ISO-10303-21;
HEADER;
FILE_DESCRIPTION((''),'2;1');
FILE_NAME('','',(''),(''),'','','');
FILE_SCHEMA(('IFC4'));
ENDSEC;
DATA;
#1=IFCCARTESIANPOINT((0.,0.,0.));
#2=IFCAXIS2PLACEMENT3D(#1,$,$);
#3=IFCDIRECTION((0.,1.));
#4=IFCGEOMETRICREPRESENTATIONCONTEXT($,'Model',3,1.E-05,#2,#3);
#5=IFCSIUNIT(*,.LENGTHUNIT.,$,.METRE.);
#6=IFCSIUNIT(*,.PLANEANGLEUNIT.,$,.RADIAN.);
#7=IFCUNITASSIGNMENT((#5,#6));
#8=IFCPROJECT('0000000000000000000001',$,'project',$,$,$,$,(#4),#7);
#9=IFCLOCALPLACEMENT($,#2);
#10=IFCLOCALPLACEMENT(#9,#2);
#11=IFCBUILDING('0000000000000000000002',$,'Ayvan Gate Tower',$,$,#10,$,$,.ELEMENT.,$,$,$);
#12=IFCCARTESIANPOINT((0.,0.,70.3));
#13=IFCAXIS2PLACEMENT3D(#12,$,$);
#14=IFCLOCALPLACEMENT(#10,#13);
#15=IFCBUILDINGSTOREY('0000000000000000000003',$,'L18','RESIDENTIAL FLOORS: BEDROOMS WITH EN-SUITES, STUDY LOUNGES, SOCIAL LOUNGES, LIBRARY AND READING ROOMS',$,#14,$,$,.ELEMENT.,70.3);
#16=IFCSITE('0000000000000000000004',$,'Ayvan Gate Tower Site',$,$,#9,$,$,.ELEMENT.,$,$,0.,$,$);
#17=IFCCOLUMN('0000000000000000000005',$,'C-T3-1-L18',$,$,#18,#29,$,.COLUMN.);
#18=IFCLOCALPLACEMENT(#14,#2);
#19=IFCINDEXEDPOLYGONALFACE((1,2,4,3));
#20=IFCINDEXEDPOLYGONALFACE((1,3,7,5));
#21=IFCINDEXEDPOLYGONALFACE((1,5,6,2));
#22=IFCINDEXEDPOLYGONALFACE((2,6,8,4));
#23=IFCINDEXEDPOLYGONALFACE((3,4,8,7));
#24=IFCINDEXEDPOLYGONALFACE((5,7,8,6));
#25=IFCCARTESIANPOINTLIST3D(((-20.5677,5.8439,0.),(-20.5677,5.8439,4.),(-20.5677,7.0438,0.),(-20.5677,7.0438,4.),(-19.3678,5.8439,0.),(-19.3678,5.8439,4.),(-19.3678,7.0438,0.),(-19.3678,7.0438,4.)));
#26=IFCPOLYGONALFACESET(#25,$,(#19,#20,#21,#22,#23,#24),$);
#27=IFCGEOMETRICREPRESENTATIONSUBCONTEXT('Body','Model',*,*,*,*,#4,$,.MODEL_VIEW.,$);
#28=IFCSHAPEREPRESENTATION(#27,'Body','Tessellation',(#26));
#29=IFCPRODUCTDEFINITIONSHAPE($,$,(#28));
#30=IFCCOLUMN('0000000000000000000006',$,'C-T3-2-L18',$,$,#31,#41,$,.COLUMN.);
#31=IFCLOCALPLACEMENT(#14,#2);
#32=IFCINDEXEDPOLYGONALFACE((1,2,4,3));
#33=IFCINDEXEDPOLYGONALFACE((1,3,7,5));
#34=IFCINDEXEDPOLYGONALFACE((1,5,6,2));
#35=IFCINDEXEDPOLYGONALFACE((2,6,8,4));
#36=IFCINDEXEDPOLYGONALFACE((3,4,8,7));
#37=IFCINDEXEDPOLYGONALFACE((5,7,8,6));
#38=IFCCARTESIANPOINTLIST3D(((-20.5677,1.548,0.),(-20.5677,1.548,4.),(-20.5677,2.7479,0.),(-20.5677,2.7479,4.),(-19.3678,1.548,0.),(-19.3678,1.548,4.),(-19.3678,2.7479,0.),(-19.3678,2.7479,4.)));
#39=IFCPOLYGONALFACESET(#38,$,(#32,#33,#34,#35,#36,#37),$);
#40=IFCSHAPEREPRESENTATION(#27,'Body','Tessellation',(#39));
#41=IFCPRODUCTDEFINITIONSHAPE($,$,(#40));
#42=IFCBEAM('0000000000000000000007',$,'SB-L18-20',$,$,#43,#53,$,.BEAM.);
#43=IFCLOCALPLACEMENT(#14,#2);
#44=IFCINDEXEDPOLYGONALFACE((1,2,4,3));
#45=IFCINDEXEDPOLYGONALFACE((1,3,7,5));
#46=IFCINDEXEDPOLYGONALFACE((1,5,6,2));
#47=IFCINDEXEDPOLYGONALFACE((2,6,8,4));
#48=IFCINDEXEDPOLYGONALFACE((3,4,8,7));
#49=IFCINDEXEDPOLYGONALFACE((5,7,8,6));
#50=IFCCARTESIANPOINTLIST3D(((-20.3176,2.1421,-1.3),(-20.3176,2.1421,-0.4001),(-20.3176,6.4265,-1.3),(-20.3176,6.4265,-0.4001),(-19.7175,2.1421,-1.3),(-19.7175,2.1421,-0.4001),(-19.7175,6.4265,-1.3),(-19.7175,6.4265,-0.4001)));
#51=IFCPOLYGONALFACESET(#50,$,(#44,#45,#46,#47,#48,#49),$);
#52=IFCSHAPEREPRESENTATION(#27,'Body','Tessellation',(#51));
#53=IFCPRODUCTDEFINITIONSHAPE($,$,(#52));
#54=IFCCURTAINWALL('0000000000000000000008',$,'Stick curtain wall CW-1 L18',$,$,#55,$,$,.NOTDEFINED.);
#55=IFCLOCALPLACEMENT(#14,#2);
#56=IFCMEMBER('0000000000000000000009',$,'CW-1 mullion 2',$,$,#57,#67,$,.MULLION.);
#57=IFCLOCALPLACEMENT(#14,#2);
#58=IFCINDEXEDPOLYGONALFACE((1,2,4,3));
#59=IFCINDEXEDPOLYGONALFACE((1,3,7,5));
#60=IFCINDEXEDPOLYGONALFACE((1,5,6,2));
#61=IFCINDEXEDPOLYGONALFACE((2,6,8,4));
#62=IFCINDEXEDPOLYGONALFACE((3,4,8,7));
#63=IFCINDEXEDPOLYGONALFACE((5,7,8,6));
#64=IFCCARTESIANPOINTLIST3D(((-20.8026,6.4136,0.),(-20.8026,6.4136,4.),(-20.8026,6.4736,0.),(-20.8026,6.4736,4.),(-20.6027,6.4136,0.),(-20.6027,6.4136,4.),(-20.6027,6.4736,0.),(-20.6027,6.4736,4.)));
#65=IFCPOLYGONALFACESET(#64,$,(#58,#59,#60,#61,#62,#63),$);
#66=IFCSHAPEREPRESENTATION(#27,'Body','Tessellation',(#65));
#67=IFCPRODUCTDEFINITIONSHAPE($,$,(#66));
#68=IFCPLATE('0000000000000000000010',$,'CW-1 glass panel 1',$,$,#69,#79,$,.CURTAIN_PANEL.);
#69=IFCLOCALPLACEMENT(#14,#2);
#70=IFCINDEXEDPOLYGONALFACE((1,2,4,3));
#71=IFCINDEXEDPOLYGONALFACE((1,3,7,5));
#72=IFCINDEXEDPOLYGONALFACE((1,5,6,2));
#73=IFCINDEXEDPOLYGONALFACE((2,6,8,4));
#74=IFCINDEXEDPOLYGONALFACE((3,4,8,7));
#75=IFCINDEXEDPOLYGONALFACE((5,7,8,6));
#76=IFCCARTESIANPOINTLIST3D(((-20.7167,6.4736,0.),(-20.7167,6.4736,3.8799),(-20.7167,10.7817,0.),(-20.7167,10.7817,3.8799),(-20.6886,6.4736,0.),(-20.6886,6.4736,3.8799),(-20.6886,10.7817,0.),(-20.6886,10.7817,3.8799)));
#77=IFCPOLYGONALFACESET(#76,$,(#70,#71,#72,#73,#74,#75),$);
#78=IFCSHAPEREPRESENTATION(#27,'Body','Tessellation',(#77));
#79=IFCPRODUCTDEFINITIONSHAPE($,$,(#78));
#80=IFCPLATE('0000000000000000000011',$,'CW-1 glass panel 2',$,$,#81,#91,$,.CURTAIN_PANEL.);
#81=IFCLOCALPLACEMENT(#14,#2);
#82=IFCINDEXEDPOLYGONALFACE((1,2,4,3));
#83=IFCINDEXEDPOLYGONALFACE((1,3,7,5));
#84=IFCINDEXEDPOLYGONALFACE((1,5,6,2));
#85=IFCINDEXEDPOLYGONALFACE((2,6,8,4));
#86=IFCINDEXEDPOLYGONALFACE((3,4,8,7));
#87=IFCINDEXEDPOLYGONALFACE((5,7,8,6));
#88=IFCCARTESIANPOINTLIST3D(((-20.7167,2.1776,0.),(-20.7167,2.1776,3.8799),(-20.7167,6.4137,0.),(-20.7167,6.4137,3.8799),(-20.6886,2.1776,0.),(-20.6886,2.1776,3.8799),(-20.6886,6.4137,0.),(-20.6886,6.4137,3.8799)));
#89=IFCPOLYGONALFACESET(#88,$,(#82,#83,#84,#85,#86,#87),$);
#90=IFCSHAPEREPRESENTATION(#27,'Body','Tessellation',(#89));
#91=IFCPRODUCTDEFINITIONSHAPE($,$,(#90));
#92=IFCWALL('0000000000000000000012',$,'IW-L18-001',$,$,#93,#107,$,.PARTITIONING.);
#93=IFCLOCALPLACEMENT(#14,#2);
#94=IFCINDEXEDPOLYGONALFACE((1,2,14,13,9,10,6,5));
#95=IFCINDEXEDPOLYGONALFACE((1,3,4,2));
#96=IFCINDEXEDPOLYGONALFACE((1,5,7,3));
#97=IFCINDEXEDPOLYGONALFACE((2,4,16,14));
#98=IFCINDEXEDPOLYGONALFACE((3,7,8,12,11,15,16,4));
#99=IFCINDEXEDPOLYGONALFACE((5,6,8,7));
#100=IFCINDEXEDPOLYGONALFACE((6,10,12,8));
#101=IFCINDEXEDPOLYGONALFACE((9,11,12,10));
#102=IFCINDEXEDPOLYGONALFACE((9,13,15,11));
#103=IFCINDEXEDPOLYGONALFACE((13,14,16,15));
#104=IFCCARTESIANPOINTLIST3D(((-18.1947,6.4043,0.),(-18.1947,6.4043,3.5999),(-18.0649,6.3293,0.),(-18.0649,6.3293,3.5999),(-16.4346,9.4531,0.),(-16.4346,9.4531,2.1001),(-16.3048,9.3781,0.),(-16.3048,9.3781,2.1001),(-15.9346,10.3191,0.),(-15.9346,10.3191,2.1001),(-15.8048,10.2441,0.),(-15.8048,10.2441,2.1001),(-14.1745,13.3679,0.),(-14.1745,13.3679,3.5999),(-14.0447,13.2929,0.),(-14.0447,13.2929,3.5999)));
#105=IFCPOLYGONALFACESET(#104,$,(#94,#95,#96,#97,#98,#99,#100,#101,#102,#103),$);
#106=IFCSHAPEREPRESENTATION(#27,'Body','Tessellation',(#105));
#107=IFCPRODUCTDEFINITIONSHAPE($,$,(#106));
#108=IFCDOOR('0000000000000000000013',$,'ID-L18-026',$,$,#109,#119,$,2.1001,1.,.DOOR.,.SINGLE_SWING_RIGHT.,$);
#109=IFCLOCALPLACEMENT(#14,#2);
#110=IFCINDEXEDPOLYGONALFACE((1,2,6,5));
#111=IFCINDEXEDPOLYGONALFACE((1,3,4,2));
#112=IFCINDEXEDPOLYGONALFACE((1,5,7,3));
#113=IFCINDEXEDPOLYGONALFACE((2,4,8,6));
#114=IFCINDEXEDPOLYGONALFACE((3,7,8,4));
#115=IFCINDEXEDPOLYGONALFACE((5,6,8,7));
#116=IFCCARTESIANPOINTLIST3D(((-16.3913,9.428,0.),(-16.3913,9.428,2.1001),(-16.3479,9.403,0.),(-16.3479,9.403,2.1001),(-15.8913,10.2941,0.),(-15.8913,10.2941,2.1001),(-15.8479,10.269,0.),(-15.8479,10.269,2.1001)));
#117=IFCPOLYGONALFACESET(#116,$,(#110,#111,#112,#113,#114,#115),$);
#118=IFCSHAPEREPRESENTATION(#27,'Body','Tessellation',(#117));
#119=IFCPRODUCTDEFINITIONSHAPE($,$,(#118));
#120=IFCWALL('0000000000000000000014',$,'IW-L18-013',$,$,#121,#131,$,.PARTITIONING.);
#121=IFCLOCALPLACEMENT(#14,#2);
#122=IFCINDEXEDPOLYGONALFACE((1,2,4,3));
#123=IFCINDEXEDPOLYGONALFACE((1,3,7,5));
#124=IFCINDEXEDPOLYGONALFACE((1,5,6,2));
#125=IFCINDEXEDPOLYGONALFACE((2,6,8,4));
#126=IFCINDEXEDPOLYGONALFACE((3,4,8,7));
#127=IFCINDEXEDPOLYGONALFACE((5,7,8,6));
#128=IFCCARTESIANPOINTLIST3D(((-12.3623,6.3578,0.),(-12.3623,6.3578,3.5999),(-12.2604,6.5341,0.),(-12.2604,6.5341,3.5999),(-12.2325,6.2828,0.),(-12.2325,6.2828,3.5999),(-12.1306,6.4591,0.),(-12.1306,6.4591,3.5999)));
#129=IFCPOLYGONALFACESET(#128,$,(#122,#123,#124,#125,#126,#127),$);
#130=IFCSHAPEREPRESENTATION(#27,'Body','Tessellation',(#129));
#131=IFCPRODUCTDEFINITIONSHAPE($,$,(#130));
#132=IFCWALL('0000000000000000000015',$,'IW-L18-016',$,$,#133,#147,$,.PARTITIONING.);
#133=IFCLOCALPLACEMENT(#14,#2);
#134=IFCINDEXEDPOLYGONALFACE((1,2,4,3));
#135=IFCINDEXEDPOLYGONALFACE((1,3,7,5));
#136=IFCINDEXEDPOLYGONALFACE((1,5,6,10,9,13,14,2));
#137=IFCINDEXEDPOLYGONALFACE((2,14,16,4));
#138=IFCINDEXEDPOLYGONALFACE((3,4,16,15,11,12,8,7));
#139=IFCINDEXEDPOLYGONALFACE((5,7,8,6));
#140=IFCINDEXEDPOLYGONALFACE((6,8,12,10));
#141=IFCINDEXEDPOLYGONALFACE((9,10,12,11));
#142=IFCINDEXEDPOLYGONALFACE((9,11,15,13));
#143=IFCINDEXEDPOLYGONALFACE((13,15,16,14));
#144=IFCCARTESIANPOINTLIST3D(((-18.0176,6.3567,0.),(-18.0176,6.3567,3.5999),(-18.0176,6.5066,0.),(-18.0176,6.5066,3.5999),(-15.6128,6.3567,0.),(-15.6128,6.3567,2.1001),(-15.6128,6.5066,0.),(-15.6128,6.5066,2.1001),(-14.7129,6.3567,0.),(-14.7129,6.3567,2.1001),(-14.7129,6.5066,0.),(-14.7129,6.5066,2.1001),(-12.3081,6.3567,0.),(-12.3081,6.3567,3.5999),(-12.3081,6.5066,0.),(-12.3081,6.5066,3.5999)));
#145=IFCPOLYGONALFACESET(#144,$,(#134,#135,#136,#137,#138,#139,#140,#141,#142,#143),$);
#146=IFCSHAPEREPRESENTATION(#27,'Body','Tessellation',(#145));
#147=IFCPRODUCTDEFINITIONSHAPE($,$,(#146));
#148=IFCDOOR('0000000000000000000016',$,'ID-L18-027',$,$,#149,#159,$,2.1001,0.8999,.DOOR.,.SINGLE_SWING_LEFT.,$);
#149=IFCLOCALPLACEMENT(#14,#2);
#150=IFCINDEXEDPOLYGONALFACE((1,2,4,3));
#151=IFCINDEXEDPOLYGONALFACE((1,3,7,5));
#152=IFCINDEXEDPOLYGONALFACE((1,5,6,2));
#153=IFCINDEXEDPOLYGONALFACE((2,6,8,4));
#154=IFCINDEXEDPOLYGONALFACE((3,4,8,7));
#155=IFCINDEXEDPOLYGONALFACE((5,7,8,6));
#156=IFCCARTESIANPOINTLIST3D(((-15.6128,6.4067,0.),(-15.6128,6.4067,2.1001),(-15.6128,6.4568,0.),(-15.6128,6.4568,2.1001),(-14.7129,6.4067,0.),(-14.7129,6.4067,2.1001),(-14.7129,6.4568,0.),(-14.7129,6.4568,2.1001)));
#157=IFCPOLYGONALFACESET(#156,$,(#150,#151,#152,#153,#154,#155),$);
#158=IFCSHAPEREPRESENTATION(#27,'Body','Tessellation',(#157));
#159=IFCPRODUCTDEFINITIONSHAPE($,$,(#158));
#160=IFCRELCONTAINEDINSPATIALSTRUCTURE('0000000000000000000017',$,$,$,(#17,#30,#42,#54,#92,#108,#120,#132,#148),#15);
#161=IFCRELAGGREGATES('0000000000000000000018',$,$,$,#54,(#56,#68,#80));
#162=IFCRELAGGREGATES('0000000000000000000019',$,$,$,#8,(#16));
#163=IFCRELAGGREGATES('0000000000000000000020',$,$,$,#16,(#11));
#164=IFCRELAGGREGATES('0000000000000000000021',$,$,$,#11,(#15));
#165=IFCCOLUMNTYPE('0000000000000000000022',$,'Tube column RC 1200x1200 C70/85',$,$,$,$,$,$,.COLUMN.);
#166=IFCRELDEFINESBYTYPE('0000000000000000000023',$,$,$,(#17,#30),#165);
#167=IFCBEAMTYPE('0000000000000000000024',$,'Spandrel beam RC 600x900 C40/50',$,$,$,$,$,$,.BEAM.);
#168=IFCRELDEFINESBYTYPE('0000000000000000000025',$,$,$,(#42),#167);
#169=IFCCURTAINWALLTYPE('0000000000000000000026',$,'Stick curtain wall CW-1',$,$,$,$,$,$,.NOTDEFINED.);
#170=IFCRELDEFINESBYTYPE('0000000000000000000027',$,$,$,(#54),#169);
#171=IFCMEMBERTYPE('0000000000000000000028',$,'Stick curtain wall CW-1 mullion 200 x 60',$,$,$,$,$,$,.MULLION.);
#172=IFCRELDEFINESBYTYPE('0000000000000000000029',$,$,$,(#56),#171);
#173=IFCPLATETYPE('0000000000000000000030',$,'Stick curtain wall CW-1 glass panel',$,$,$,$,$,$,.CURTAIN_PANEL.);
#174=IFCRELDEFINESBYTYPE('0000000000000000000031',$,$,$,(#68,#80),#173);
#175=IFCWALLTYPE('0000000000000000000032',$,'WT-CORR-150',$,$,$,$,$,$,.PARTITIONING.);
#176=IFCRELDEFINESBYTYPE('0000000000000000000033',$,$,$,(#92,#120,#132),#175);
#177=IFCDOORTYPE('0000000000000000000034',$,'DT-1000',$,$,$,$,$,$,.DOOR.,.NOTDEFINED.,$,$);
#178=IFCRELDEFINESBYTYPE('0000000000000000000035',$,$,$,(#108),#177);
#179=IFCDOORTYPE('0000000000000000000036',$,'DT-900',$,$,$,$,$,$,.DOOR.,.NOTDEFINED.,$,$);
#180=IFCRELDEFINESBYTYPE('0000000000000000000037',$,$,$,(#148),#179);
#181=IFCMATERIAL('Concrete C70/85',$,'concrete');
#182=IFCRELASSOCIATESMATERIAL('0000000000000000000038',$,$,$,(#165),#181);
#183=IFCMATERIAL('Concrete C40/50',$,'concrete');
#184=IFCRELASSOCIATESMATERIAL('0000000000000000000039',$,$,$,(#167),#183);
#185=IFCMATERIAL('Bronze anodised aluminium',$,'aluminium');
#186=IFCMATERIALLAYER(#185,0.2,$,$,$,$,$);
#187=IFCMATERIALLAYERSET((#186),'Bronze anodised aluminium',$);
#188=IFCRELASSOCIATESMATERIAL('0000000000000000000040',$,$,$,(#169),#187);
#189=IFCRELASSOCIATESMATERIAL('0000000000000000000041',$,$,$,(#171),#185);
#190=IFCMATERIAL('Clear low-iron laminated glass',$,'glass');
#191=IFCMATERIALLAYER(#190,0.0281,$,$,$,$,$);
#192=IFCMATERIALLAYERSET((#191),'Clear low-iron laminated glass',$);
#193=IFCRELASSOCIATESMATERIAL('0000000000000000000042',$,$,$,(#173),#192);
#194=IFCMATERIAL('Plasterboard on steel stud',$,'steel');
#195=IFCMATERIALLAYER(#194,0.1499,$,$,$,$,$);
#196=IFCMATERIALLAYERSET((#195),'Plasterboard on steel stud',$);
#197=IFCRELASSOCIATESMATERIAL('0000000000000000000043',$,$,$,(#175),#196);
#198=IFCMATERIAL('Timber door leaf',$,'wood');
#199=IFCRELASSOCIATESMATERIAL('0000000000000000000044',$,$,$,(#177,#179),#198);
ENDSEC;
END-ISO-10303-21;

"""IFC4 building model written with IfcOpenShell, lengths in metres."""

from ifc_helpers import new_model, si_unit, direction, frame, frame_2d, origin, origin_2d, place, context, subcontext, project, spatial, rectangle, extrude, material, layer, layer_set, material_profile, profile_set, type_object, element, fill, aggregate, save


model = new_model("IFC4")

# Units and contexts
model_context = context("Model", 3, precision=1e-05, world=origin(), true_north=direction((0.0, 1.0)))
body_context = subcontext(model_context, "Body", "Model", "MODEL_VIEW")
ifc_project = project(units=[si_unit("LENGTHUNIT", "METRE"), si_unit("PLANEANGLEUNIT", "RADIAN")], contexts=[model_context])

# Site, building, storey
site_placement = place(None, origin())
site = spatial("IfcSite", under=ifc_project, at=site_placement, Name="Ayvan Gate Tower Site", CompositionType="ELEMENT", RefElevation=0.0)
building_placement = place(site_placement, origin())
building = spatial("IfcBuilding", under=site, at=building_placement, Name="Ayvan Gate Tower", CompositionType="ELEMENT")
storey_placement = place(building_placement, frame((0.0, 0.0, 70.3)))
storey = spatial("IfcBuildingStorey", under=building, at=storey_placement, Name="L18", Description="RESIDENTIAL FLOORS: BEDROOMS WITH EN-SUITES, STUDY LOUNGES, SOCIAL LOUNGES, LIBRARY AND READING ROOMS", CompositionType="ELEMENT", Elevation=70.3)

# Columns
ifc_material_1 = material(Name="Concrete C70/85", Category="concrete")
ifc_material_profile_1 = material_profile(ifc_material_1, rectangle(XDim=1.2, YDim=1.2, at=origin_2d()), Name="RC 1200x1200")
ifc_profile_set_1 = profile_set([ifc_material_profile_1], Name="Concrete C70/85")
column_type = type_object("IfcColumnType", Name="Tube column RC 1200x1200 C70/85", PredefinedType="COLUMN", material=ifc_profile_set_1)
for number, where, z_axis, x_axis, name in (
    (1, (-19.9678, 6.4438, 0.0), (0.0, 0.0, 1.0), (-1.0, 0.0, 0.0), "C-T3-1-L18"),
    (2, (-19.9678, 2.1479, 0.0), (0.0, 0.0, 1.0), (-1.0, 0.0, 0.0), "C-T3-2-L18"),
):
    element("IfcColumn", number, at=place(storey_placement, frame(where, z_axis=z_axis, x_axis=x_axis)), inside=storey, type_object=column_type, Name=name, PredefinedType="COLUMN", context=body_context, shape_type="SweptSolid", body=[
        extrude(rectangle(XDim=1.2, YDim=1.2, at=origin_2d()), origin(), (0.0, 0.0, 1.0), 4.0),
    ])

# Beam
ifc_material_2 = material(Name="Concrete C40/50", Category="concrete")
ifc_material_profile_2 = material_profile(ifc_material_2, rectangle(XDim=0.6001, YDim=0.8999, at=origin_2d()), Name="RC 600x900")
ifc_profile_set_2 = profile_set([ifc_material_profile_2], Name="Concrete C40/50")
beam_type = type_object("IfcBeamType", Name="Spandrel beam RC 600x900 C40/50", PredefinedType="BEAM", material=ifc_profile_set_2)
beam_placement = place(storey_placement, frame((-20.0176, 6.4265, -0.8501), z_axis=(0.0, -1.0, 0.0), x_axis=(1.0, 0.0, 0.0)))
element("IfcBeam", 3, at=beam_placement, inside=storey, type_object=beam_type, Name="SB-L18-20", PredefinedType="BEAM", context=body_context, shape_type="SweptSolid", body=[
    extrude(rectangle(XDim=0.6001, YDim=0.8999, at=origin_2d()), origin(), (0.0, 0.0, 1.0), 4.2844),
])

# Curtain wall, member, plates
ifc_material_3 = material(Name="Bronze anodised aluminium", Category="aluminium")
ifc_layer_1 = layer(ifc_material_3, 0.2)
ifc_layer_set_1 = layer_set([ifc_layer_1], Name="Bronze anodised aluminium")
curtain_wall_type = type_object("IfcCurtainWallType", Name="Stick curtain wall CW-1", PredefinedType="NOTDEFINED", material=ifc_layer_set_1)
curtain_wall_placement = place(storey_placement, origin())
curtain_wall = element("IfcCurtainWall", 4, at=curtain_wall_placement, inside=storey, type_object=curtain_wall_type, Name="Stick curtain wall CW-1 L18", PredefinedType="NOTDEFINED")
ifc_material_profile_3 = material_profile(ifc_material_3, rectangle(XDim=0.2, YDim=0.0601, at=origin_2d()), Name="Stick curtain wall CW-1 mullion 200 x 60")
ifc_profile_set_3 = profile_set([ifc_material_profile_3], Name="Bronze anodised aluminium")
member_type = type_object("IfcMemberType", Name="Stick curtain wall CW-1 mullion 200 x 60", PredefinedType="MULLION", material=ifc_profile_set_3)
member_placement = place(storey_placement, frame((-20.7026, 6.4436, 0.0), z_axis=(0.0, 0.0, 1.0), x_axis=(-1.0, 0.0, 0.0)))
member = element("IfcMember", 5, at=member_placement, type_object=member_type, Name="CW-1 mullion 2", PredefinedType="MULLION", context=body_context, shape_type="SweptSolid", body=[
    extrude(rectangle(XDim=0.2, YDim=0.0601, at=origin_2d()), origin(), (0.0, 0.0, 1.0), 4.0),
])
ifc_material_4 = material(Name="Clear low-iron laminated glass", Category="glass")
ifc_layer_2 = layer(ifc_material_4, 0.0281)
ifc_layer_set_2 = layer_set([ifc_layer_2], Name="Clear low-iron laminated glass")
plate_type = type_object("IfcPlateType", Name="Stick curtain wall CW-1 glass panel", PredefinedType="CURTAIN_PANEL", material=ifc_layer_set_2)
plate_1_placement = place(storey_placement, frame((-20.7026, 8.6277, 0.0), z_axis=(0.0, 0.0, 1.0), x_axis=(0.0, -1.0, 0.0)))
plate_1 = element("IfcPlate", 6, at=plate_1_placement, type_object=plate_type, Name="CW-1 glass panel 1", PredefinedType="CURTAIN_PANEL", context=body_context, shape_type="SweptSolid", body=[
    extrude(rectangle(XDim=4.3081, YDim=0.0281, at=origin_2d()), origin(), (0.0, 0.0, 1.0), 3.8799),
])
plate_2_placement = place(storey_placement, frame((-20.7026, 4.2957, 0.0), z_axis=(0.0, 0.0, 1.0), x_axis=(0.0, -1.0, 0.0)))
plate_2 = element("IfcPlate", 7, at=plate_2_placement, type_object=plate_type, Name="CW-1 glass panel 2", PredefinedType="CURTAIN_PANEL", context=body_context, shape_type="SweptSolid", body=[
    extrude(rectangle(XDim=4.2361, YDim=0.0281, at=origin_2d()), origin(), (0.0, 0.0, 1.0), 3.8799),
])
aggregate(curtain_wall, [member, plate_1, plate_2])

# Wall, opening, door
ifc_material_5 = material(Name="Plasterboard on steel stud", Category="steel")
ifc_layer_3 = layer(ifc_material_5, 0.1499)
ifc_layer_set_3 = layer_set([ifc_layer_3], Name="Plasterboard on steel stud")
wall_type_1 = type_object("IfcWallType", Name="WT-CORR-150", PredefinedType="PARTITIONING", material=ifc_layer_set_3)
wall_1_placement = place(storey_placement, frame((-18.1299, 6.3667, 0.0), z_axis=(0.0, 0.0, 1.0), x_axis=(0.499983, 0.866035, 0.0)))
wall_1 = element("IfcWall", 8, at=wall_1_placement, inside=storey, type_object=wall_type_1, Name="IW-L18-001", PredefinedType="PARTITIONING", context=body_context, shape_type="SweptSolid", body=[
    extrude(rectangle(XDim=8.0408, YDim=0.1499, at=frame_2d((4.0205, 0.0))), origin(), (0.0, 0.0, 1.0), 3.5999),
])
opening_1_placement = place(wall_1_placement, frame((3.5205, 0.0, 0.0)))
opening_1 = element("IfcOpeningElement", 9, at=opening_1_placement, cuts=wall_1, PredefinedType="OPENING", context=body_context, shape_type="SweptSolid", body=[
    extrude(rectangle(XDim=1.0, YDim=2.1001, at=frame_2d((0.5, 1.05))), frame((0.0, 0.085, 0.0), z_axis=(0.0, -1.0, 0.0), x_axis=(1.0, 0.0, 0.0)), (0.0, 0.0, 1.0), 0.1699),
])
ifc_material_6 = material(Name="Timber door leaf", Category="wood")
door_type_1 = type_object("IfcDoorType", Name="DT-1000", OperationType="NOTDEFINED", PredefinedType="DOOR", material=ifc_material_6)
door_1_placement = place(opening_1_placement, origin())
door_1 = element("IfcDoor", 10, at=door_1_placement, inside=storey, type_object=door_type_1, Name="ID-L18-026", OperationType="SINGLE_SWING_RIGHT", OverallHeight=2.1001, OverallWidth=1.0, PredefinedType="DOOR", context=body_context, shape_type="SweptSolid", body=[
    extrude(rectangle(XDim=1.0, YDim=2.1001, at=frame_2d((0.5, 1.05))), frame((0.0, 0.0249, 0.0), z_axis=(0.0, -1.0, 0.0), x_axis=(1.0, 0.0, 0.0)), (0.0, 0.0, 1.0), 0.05),
])
fill(opening_1, door_1)

# Wall
wall_2_placement = place(storey_placement, frame((-12.2974, 6.3203, 0.0), z_axis=(0.0, 0.0, 1.0), x_axis=(0.500138, 0.865946, 0.0)))
element("IfcWall", 11, at=wall_2_placement, inside=storey, type_object=wall_type_1, Name="IW-L18-013", PredefinedType="PARTITIONING", context=body_context, shape_type="SweptSolid", body=[
    extrude(rectangle(XDim=0.2036, YDim=0.1499, at=frame_2d((0.1018, 0.0))), origin(), (0.0, 0.0, 1.0), 3.5999),
])

# Wall, opening, door
wall_3_placement = place(storey_placement, frame((-12.3081, 6.4316, 0.0), z_axis=(0.0, 0.0, 1.0), x_axis=(-1.0, 0.0, 0.0)))
wall_3 = element("IfcWall", 12, at=wall_3_placement, inside=storey, type_object=wall_type_1, Name="IW-L18-016", PredefinedType="PARTITIONING", context=body_context, shape_type="SweptSolid", body=[
    extrude(rectangle(XDim=5.7095, YDim=0.1499, at=frame_2d((2.8547, 0.0))), origin(), (0.0, 0.0, 1.0), 3.5999),
])
opening_2_placement = place(wall_3_placement, frame((2.4048, 0.0, 0.0)))
opening_2 = element("IfcOpeningElement", 13, at=opening_2_placement, cuts=wall_3, PredefinedType="OPENING", context=body_context, shape_type="SweptSolid", body=[
    extrude(rectangle(XDim=0.8999, YDim=2.1001, at=frame_2d((0.45, 1.05))), frame((0.0, 0.085, 0.0), z_axis=(0.0, -1.0, 0.0), x_axis=(1.0, 0.0, 0.0)), (0.0, 0.0, 1.0), 0.1699),
])
door_type_2 = type_object("IfcDoorType", Name="DT-900", OperationType="NOTDEFINED", PredefinedType="DOOR", material=ifc_material_6)
door_2_placement = place(opening_2_placement, origin())
door_2 = element("IfcDoor", 14, at=door_2_placement, inside=storey, type_object=door_type_2, Name="ID-L18-027", OperationType="SINGLE_SWING_LEFT", OverallHeight=2.1001, OverallWidth=0.8999, PredefinedType="DOOR", context=body_context, shape_type="SweptSolid", body=[
    extrude(rectangle(XDim=0.8999, YDim=2.1001, at=frame_2d((0.45, 1.05))), frame((0.0, 0.0249, 0.0), z_axis=(0.0, -1.0, 0.0), x_axis=(1.0, 0.0, 0.0)), (0.0, 0.0, 1.0), 0.05),
])
fill(opening_2, door_2)

save(model, "model.ifc")
